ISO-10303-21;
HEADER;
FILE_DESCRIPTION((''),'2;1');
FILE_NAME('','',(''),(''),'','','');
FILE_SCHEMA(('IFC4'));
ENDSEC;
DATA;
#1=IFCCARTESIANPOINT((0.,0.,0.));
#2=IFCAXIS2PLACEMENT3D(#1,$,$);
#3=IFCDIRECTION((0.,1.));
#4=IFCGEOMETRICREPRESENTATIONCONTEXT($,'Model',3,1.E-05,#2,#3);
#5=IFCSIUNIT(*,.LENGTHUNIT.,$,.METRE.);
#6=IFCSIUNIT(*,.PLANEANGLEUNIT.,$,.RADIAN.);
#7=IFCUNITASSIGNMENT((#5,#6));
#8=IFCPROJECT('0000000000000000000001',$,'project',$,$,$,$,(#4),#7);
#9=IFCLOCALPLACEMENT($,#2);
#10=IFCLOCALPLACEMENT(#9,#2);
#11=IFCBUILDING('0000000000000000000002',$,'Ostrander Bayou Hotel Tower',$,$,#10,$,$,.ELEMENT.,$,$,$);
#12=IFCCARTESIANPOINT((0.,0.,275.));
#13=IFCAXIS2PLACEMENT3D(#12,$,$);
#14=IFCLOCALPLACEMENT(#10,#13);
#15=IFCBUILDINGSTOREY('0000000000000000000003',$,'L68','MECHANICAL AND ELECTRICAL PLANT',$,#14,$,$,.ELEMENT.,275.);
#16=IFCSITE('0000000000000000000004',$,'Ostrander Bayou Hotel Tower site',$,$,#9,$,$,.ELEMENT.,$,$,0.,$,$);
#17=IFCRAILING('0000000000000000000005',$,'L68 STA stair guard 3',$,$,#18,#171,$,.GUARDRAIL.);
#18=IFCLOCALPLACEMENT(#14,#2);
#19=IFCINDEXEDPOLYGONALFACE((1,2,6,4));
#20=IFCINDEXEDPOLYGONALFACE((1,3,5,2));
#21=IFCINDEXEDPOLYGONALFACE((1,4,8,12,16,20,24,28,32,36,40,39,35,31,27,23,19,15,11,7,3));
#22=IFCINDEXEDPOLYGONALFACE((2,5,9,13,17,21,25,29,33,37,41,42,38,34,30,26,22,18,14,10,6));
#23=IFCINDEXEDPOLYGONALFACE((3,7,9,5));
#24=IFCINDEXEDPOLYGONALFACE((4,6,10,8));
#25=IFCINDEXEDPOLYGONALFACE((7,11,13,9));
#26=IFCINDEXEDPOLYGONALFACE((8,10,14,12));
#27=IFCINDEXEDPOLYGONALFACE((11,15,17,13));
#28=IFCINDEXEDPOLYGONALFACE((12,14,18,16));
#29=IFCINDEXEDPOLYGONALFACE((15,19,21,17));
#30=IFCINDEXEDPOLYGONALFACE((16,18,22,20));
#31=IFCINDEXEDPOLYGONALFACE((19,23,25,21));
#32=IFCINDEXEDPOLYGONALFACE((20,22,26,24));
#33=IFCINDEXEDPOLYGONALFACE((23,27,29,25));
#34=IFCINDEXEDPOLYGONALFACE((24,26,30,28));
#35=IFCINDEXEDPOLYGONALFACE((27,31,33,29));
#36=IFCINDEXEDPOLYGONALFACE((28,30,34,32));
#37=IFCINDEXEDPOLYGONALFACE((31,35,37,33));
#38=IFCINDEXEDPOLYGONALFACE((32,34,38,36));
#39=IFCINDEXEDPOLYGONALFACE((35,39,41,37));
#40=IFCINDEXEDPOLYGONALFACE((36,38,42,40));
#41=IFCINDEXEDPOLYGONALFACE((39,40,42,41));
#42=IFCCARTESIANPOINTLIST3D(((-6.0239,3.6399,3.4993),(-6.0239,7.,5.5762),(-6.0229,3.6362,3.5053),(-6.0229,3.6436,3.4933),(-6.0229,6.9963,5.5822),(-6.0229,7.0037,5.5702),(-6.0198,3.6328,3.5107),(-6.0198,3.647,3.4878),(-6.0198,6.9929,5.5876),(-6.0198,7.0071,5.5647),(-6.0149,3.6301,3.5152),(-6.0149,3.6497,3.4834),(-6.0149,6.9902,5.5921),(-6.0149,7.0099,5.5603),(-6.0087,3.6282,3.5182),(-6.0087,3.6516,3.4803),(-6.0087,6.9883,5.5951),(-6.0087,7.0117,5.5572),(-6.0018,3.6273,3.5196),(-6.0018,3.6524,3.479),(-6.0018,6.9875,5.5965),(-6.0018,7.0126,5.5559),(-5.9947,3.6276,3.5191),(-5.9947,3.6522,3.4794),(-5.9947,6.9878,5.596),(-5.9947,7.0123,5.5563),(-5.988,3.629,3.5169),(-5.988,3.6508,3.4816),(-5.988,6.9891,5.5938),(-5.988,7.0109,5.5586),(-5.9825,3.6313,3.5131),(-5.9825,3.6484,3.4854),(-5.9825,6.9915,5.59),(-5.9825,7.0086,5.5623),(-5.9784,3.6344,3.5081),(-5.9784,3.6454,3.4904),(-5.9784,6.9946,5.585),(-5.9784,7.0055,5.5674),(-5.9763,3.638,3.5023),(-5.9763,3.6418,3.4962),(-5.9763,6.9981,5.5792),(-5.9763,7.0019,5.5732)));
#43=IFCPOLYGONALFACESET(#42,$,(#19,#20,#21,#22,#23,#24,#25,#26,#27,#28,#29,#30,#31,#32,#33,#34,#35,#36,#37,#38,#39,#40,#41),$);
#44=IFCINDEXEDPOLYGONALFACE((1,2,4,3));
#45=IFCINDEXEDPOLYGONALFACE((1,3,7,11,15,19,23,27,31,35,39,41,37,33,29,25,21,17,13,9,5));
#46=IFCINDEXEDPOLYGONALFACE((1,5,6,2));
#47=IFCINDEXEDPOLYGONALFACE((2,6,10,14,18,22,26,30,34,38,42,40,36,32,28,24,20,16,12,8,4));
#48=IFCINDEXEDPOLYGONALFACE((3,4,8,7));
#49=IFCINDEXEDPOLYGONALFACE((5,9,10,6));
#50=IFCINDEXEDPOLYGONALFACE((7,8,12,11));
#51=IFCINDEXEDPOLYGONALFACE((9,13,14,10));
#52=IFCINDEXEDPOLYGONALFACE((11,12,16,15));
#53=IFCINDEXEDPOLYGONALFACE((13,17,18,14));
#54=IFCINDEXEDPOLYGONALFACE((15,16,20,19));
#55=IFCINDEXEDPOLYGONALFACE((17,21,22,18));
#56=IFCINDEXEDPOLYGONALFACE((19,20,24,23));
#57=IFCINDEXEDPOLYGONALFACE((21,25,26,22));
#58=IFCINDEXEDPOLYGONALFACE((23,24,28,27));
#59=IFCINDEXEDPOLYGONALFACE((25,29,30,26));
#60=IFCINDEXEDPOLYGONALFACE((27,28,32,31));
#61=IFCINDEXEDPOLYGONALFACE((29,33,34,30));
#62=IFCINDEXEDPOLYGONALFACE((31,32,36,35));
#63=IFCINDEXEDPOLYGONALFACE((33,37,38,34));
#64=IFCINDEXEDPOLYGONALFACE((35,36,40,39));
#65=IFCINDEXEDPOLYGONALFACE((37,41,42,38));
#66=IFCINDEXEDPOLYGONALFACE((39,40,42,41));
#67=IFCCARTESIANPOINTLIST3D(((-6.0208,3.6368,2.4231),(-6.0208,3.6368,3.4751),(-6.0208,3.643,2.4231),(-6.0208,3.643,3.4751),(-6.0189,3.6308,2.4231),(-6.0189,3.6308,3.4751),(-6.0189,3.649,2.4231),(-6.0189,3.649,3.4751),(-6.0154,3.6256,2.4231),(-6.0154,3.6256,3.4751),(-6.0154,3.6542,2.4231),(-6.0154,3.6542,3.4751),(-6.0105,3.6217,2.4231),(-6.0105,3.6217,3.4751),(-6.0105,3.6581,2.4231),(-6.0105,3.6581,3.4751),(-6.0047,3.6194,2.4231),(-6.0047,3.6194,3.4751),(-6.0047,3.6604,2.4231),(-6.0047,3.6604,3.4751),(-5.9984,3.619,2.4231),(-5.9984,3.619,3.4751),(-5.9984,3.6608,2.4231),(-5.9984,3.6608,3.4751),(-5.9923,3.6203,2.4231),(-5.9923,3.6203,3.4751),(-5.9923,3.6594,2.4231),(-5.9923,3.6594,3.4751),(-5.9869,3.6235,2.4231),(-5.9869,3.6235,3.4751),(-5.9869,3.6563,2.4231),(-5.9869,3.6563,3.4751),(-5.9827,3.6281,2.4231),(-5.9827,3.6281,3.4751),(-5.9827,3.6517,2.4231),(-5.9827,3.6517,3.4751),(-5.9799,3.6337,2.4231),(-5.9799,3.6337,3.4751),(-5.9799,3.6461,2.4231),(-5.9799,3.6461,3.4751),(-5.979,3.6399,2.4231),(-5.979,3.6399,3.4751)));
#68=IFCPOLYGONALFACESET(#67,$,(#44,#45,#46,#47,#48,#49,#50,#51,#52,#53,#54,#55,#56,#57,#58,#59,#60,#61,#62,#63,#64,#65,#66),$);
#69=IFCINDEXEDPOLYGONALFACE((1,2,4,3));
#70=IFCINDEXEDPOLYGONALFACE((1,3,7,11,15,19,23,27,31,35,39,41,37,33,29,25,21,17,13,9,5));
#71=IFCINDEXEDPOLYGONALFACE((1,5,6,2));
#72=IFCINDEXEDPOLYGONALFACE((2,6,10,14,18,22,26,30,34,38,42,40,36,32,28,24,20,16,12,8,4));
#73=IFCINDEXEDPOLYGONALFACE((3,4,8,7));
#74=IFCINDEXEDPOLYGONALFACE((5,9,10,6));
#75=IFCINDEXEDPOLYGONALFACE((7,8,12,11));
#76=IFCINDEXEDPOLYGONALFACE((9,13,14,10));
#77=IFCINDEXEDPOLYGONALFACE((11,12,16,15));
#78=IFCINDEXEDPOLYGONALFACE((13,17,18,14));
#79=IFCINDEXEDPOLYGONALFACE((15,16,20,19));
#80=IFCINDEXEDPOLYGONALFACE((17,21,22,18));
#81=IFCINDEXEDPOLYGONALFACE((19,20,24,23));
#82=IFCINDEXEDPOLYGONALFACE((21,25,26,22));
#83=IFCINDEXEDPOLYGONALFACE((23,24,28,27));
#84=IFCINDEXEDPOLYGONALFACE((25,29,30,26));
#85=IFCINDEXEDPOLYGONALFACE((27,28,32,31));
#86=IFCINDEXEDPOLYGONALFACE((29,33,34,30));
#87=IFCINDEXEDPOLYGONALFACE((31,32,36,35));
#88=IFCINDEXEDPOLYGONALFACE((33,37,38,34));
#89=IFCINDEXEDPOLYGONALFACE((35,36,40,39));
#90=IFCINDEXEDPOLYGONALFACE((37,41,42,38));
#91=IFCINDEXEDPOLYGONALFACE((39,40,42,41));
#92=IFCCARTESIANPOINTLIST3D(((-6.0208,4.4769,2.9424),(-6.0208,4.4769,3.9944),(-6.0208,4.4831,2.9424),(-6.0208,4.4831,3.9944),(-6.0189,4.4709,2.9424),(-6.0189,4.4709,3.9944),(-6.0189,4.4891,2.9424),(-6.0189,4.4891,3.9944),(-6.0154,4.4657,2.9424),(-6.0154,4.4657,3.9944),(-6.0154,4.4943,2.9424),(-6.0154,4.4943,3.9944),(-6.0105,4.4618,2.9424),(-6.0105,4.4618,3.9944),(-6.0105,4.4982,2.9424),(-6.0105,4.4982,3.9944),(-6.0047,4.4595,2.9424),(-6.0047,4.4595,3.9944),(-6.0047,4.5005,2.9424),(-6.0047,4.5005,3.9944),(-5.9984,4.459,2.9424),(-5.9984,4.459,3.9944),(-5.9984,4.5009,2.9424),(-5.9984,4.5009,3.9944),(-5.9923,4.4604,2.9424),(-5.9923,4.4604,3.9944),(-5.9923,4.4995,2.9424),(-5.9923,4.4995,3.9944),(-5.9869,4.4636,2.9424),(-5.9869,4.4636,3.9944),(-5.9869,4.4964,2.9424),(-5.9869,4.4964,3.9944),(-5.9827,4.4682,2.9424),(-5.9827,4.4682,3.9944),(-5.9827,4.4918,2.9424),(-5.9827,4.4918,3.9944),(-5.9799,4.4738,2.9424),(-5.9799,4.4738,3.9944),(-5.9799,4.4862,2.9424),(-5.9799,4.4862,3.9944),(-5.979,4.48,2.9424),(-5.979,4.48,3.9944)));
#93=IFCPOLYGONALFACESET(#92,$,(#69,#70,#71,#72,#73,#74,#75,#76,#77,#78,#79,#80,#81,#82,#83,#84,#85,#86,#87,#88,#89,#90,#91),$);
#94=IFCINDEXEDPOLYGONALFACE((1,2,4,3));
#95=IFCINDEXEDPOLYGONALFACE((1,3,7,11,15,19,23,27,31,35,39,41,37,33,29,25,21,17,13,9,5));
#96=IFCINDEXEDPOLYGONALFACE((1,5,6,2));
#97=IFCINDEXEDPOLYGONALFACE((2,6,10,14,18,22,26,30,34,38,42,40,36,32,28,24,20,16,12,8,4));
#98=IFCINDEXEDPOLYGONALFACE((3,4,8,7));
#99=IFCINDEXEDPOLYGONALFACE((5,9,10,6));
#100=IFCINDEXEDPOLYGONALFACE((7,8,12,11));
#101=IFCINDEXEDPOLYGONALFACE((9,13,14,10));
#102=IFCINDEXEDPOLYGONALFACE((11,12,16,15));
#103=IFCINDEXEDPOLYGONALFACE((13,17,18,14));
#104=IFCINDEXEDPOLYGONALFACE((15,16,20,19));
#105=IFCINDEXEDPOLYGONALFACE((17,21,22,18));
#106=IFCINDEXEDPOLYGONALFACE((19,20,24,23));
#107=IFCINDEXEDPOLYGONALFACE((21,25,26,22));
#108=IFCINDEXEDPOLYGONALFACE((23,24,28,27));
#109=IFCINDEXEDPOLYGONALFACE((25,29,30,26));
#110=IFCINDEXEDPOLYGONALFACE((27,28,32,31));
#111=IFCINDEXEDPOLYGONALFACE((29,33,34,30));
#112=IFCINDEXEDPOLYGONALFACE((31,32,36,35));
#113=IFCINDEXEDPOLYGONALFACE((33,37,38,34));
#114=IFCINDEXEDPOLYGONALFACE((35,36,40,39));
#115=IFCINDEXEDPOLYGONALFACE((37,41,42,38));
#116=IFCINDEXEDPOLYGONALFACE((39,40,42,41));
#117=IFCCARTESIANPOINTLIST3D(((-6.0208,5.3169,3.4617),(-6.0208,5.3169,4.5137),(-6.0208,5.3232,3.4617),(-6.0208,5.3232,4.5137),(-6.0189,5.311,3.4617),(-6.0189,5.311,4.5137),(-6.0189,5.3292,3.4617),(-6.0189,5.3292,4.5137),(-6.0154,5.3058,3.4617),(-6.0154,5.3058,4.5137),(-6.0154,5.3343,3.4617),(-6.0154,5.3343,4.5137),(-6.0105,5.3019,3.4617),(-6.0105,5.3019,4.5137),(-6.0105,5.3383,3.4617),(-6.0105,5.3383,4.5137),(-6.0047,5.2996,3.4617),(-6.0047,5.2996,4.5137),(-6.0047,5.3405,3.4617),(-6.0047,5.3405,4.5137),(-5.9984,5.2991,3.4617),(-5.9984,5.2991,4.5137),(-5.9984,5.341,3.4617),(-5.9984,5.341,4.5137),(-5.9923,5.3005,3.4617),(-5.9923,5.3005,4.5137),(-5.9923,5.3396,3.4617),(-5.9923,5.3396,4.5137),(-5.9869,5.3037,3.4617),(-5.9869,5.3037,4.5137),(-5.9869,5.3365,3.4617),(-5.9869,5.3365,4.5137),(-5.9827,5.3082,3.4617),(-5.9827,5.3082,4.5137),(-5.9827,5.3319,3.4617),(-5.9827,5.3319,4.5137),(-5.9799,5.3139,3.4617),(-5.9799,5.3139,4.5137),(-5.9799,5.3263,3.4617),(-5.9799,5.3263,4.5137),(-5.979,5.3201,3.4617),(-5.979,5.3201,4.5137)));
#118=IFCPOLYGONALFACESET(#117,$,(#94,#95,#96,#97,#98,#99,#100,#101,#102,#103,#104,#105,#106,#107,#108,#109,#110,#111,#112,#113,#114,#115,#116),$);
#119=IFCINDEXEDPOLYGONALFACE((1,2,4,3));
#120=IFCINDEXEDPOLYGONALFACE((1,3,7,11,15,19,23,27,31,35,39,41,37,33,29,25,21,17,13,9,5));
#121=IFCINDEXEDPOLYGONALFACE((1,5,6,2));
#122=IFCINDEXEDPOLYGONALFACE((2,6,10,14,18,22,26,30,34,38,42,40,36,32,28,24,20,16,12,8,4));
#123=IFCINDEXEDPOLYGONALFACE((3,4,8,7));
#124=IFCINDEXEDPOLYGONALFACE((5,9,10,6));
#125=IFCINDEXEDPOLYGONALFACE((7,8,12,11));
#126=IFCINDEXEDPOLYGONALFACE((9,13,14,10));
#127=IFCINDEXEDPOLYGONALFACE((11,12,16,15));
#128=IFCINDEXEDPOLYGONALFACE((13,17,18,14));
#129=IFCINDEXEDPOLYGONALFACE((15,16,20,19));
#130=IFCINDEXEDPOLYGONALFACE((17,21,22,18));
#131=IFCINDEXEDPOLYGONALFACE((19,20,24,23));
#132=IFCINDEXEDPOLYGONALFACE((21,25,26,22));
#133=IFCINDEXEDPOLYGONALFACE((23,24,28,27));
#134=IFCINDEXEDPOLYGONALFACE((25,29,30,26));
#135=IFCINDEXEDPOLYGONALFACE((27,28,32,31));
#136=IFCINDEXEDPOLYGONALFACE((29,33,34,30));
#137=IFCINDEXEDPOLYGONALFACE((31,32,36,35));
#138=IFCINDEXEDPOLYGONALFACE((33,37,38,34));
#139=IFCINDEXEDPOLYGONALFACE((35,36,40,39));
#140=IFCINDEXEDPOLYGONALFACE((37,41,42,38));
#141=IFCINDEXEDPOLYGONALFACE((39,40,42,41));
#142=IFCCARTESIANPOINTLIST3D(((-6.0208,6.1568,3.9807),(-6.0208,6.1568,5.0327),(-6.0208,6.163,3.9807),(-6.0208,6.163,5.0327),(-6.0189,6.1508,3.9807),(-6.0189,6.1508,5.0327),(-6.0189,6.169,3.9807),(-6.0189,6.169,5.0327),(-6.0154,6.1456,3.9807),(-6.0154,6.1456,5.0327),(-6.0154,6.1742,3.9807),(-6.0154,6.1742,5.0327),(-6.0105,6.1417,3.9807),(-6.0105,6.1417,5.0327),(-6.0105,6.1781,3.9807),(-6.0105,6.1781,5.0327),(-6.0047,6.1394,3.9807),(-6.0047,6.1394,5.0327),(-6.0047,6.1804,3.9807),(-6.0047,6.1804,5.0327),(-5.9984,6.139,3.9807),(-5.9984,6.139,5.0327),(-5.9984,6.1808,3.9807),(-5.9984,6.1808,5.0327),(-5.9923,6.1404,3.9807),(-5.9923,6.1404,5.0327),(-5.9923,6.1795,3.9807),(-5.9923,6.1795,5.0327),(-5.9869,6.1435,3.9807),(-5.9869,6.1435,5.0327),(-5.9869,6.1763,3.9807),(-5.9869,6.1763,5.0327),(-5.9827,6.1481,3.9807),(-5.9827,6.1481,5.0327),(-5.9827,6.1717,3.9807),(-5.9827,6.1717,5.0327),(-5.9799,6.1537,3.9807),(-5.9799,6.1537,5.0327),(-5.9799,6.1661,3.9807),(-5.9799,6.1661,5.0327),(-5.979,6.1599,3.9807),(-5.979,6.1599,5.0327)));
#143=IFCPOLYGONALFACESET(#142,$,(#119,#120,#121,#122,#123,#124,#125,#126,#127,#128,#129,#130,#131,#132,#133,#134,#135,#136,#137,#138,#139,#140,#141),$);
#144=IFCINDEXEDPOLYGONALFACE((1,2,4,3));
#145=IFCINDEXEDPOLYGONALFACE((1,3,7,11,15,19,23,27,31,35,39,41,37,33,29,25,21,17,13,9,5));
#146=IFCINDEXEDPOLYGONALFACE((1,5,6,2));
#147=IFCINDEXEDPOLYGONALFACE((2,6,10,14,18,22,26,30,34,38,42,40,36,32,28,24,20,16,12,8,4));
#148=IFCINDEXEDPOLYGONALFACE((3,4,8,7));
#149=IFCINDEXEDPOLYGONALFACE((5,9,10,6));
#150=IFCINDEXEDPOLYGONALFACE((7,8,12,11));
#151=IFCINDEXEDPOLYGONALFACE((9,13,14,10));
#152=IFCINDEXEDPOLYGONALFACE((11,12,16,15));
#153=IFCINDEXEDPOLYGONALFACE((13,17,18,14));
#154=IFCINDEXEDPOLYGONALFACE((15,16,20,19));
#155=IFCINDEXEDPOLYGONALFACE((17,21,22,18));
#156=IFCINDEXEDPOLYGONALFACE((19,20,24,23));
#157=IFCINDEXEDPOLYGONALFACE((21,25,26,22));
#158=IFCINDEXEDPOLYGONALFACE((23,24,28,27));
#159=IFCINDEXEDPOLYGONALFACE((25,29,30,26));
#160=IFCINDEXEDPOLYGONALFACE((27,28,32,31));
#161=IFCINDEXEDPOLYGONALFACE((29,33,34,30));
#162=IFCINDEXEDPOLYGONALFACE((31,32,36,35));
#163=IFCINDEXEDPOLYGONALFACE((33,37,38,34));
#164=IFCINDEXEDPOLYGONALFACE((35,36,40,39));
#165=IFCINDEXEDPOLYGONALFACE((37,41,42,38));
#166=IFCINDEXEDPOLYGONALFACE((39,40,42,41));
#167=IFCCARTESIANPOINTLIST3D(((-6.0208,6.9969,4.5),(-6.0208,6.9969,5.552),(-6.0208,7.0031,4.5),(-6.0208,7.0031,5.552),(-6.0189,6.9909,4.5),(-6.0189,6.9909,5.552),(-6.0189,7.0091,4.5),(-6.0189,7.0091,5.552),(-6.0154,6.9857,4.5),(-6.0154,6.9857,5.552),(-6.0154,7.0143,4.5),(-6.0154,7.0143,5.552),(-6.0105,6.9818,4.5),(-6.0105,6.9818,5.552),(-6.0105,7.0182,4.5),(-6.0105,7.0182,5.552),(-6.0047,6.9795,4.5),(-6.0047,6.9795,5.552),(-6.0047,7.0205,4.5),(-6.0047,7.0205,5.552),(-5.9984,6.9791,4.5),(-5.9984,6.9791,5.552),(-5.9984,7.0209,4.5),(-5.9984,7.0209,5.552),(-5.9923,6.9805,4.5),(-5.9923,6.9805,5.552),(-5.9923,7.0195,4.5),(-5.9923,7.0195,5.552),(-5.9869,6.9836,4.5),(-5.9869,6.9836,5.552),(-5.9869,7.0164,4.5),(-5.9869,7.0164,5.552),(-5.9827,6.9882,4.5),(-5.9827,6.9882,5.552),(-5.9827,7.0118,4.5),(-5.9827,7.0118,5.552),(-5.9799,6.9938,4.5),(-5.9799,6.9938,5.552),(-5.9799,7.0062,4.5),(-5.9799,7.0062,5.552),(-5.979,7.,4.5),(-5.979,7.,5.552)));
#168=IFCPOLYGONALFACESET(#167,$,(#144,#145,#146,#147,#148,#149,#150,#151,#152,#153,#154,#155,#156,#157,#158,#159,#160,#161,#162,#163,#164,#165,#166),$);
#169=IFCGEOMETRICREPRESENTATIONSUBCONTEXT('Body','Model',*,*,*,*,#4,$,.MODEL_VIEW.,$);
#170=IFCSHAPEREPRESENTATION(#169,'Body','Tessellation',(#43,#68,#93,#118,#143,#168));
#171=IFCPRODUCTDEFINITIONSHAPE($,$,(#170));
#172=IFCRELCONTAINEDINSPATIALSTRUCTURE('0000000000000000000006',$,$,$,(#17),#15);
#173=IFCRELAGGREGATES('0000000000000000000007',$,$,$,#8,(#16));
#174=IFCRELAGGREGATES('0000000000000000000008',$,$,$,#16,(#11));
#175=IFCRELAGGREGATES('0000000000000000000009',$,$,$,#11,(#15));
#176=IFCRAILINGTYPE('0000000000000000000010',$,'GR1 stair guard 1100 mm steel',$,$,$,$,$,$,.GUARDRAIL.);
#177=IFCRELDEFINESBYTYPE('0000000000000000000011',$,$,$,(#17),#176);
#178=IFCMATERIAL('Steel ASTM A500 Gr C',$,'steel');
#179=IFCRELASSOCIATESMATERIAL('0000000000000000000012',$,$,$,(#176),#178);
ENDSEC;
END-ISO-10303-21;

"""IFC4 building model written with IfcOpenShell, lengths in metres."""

from ifc_helpers import new_model, si_unit, direction, frame, origin, origin_2d, place, context, subcontext, project, spatial, circle, extrude, material, type_object, element, save


model = new_model("IFC4")

# Units and contexts
model_context = context("Model", 3, precision=1e-05, world=origin(), true_north=direction((0.0, 1.0)))
body_context = subcontext(model_context, "Body", "Model", "MODEL_VIEW")
ifc_project = project(units=[si_unit("LENGTHUNIT", "METRE"), si_unit("PLANEANGLEUNIT", "RADIAN")], contexts=[model_context])

# Site, building, storey
site_placement = place(None, origin())
site = spatial("IfcSite", under=ifc_project, at=site_placement, Name="Ostrander Bayou Hotel Tower site", CompositionType="ELEMENT", RefElevation=0.0)
building_placement = place(site_placement, origin())
building = spatial("IfcBuilding", under=site, at=building_placement, Name="Ostrander Bayou Hotel Tower", CompositionType="ELEMENT")
storey_placement = place(building_placement, frame((0.0, 0.0, 275.0)))
storey = spatial("IfcBuildingStorey", under=building, at=storey_placement, Name="L68", Description="MECHANICAL AND ELECTRICAL PLANT", CompositionType="ELEMENT", Elevation=275.0)

# Railing
ifc_material_1 = material(Name="Steel ASTM A500 Gr C", Category="steel")
railing_type_1 = type_object("IfcRailingType", Name="GR1 stair guard 1100 mm steel", PredefinedType="GUARDRAIL", material=ifc_material_1)
railing_1_placement = place(storey_placement, frame((-6.0, 3.6399, 2.4231)))
element("IfcRailing", 1, at=railing_1_placement, inside=storey, type_object=railing_type_1, Name="L68 STA stair guard 3", PredefinedType="GUARDRAIL", context=body_context, shape_type="SweptSolid", body=[
    extrude(circle(Radius=0.0239, at=origin_2d()), frame((0.0, 0.0, 1.0762), z_axis=(0.0, 0.850623, 0.525776), x_axis=(-1.0, 0.0, 0.0)), (0.0, 0.0, 1.0), 3.9502),
    extrude(circle(Radius=0.021, at=origin_2d()), origin(), (0.0, 0.0, 1.0), 1.052),
    extrude(circle(Radius=0.021, at=origin_2d()), frame((0.0, 0.8401, 0.5193)), (0.0, 0.0, 1.0), 1.052),
    extrude(circle(Radius=0.021, at=origin_2d()), frame((0.0, 1.6802, 1.0386)), (0.0, 0.0, 1.0), 1.052),
    extrude(circle(Radius=0.021, at=origin_2d()), frame((0.0, 2.52, 1.5576)), (0.0, 0.0, 1.0), 1.052),
    extrude(circle(Radius=0.021, at=origin_2d()), frame((0.0, 3.3601, 2.0769)), (0.0, 0.0, 1.0), 1.052),
])

save(model, "model.ifc")
